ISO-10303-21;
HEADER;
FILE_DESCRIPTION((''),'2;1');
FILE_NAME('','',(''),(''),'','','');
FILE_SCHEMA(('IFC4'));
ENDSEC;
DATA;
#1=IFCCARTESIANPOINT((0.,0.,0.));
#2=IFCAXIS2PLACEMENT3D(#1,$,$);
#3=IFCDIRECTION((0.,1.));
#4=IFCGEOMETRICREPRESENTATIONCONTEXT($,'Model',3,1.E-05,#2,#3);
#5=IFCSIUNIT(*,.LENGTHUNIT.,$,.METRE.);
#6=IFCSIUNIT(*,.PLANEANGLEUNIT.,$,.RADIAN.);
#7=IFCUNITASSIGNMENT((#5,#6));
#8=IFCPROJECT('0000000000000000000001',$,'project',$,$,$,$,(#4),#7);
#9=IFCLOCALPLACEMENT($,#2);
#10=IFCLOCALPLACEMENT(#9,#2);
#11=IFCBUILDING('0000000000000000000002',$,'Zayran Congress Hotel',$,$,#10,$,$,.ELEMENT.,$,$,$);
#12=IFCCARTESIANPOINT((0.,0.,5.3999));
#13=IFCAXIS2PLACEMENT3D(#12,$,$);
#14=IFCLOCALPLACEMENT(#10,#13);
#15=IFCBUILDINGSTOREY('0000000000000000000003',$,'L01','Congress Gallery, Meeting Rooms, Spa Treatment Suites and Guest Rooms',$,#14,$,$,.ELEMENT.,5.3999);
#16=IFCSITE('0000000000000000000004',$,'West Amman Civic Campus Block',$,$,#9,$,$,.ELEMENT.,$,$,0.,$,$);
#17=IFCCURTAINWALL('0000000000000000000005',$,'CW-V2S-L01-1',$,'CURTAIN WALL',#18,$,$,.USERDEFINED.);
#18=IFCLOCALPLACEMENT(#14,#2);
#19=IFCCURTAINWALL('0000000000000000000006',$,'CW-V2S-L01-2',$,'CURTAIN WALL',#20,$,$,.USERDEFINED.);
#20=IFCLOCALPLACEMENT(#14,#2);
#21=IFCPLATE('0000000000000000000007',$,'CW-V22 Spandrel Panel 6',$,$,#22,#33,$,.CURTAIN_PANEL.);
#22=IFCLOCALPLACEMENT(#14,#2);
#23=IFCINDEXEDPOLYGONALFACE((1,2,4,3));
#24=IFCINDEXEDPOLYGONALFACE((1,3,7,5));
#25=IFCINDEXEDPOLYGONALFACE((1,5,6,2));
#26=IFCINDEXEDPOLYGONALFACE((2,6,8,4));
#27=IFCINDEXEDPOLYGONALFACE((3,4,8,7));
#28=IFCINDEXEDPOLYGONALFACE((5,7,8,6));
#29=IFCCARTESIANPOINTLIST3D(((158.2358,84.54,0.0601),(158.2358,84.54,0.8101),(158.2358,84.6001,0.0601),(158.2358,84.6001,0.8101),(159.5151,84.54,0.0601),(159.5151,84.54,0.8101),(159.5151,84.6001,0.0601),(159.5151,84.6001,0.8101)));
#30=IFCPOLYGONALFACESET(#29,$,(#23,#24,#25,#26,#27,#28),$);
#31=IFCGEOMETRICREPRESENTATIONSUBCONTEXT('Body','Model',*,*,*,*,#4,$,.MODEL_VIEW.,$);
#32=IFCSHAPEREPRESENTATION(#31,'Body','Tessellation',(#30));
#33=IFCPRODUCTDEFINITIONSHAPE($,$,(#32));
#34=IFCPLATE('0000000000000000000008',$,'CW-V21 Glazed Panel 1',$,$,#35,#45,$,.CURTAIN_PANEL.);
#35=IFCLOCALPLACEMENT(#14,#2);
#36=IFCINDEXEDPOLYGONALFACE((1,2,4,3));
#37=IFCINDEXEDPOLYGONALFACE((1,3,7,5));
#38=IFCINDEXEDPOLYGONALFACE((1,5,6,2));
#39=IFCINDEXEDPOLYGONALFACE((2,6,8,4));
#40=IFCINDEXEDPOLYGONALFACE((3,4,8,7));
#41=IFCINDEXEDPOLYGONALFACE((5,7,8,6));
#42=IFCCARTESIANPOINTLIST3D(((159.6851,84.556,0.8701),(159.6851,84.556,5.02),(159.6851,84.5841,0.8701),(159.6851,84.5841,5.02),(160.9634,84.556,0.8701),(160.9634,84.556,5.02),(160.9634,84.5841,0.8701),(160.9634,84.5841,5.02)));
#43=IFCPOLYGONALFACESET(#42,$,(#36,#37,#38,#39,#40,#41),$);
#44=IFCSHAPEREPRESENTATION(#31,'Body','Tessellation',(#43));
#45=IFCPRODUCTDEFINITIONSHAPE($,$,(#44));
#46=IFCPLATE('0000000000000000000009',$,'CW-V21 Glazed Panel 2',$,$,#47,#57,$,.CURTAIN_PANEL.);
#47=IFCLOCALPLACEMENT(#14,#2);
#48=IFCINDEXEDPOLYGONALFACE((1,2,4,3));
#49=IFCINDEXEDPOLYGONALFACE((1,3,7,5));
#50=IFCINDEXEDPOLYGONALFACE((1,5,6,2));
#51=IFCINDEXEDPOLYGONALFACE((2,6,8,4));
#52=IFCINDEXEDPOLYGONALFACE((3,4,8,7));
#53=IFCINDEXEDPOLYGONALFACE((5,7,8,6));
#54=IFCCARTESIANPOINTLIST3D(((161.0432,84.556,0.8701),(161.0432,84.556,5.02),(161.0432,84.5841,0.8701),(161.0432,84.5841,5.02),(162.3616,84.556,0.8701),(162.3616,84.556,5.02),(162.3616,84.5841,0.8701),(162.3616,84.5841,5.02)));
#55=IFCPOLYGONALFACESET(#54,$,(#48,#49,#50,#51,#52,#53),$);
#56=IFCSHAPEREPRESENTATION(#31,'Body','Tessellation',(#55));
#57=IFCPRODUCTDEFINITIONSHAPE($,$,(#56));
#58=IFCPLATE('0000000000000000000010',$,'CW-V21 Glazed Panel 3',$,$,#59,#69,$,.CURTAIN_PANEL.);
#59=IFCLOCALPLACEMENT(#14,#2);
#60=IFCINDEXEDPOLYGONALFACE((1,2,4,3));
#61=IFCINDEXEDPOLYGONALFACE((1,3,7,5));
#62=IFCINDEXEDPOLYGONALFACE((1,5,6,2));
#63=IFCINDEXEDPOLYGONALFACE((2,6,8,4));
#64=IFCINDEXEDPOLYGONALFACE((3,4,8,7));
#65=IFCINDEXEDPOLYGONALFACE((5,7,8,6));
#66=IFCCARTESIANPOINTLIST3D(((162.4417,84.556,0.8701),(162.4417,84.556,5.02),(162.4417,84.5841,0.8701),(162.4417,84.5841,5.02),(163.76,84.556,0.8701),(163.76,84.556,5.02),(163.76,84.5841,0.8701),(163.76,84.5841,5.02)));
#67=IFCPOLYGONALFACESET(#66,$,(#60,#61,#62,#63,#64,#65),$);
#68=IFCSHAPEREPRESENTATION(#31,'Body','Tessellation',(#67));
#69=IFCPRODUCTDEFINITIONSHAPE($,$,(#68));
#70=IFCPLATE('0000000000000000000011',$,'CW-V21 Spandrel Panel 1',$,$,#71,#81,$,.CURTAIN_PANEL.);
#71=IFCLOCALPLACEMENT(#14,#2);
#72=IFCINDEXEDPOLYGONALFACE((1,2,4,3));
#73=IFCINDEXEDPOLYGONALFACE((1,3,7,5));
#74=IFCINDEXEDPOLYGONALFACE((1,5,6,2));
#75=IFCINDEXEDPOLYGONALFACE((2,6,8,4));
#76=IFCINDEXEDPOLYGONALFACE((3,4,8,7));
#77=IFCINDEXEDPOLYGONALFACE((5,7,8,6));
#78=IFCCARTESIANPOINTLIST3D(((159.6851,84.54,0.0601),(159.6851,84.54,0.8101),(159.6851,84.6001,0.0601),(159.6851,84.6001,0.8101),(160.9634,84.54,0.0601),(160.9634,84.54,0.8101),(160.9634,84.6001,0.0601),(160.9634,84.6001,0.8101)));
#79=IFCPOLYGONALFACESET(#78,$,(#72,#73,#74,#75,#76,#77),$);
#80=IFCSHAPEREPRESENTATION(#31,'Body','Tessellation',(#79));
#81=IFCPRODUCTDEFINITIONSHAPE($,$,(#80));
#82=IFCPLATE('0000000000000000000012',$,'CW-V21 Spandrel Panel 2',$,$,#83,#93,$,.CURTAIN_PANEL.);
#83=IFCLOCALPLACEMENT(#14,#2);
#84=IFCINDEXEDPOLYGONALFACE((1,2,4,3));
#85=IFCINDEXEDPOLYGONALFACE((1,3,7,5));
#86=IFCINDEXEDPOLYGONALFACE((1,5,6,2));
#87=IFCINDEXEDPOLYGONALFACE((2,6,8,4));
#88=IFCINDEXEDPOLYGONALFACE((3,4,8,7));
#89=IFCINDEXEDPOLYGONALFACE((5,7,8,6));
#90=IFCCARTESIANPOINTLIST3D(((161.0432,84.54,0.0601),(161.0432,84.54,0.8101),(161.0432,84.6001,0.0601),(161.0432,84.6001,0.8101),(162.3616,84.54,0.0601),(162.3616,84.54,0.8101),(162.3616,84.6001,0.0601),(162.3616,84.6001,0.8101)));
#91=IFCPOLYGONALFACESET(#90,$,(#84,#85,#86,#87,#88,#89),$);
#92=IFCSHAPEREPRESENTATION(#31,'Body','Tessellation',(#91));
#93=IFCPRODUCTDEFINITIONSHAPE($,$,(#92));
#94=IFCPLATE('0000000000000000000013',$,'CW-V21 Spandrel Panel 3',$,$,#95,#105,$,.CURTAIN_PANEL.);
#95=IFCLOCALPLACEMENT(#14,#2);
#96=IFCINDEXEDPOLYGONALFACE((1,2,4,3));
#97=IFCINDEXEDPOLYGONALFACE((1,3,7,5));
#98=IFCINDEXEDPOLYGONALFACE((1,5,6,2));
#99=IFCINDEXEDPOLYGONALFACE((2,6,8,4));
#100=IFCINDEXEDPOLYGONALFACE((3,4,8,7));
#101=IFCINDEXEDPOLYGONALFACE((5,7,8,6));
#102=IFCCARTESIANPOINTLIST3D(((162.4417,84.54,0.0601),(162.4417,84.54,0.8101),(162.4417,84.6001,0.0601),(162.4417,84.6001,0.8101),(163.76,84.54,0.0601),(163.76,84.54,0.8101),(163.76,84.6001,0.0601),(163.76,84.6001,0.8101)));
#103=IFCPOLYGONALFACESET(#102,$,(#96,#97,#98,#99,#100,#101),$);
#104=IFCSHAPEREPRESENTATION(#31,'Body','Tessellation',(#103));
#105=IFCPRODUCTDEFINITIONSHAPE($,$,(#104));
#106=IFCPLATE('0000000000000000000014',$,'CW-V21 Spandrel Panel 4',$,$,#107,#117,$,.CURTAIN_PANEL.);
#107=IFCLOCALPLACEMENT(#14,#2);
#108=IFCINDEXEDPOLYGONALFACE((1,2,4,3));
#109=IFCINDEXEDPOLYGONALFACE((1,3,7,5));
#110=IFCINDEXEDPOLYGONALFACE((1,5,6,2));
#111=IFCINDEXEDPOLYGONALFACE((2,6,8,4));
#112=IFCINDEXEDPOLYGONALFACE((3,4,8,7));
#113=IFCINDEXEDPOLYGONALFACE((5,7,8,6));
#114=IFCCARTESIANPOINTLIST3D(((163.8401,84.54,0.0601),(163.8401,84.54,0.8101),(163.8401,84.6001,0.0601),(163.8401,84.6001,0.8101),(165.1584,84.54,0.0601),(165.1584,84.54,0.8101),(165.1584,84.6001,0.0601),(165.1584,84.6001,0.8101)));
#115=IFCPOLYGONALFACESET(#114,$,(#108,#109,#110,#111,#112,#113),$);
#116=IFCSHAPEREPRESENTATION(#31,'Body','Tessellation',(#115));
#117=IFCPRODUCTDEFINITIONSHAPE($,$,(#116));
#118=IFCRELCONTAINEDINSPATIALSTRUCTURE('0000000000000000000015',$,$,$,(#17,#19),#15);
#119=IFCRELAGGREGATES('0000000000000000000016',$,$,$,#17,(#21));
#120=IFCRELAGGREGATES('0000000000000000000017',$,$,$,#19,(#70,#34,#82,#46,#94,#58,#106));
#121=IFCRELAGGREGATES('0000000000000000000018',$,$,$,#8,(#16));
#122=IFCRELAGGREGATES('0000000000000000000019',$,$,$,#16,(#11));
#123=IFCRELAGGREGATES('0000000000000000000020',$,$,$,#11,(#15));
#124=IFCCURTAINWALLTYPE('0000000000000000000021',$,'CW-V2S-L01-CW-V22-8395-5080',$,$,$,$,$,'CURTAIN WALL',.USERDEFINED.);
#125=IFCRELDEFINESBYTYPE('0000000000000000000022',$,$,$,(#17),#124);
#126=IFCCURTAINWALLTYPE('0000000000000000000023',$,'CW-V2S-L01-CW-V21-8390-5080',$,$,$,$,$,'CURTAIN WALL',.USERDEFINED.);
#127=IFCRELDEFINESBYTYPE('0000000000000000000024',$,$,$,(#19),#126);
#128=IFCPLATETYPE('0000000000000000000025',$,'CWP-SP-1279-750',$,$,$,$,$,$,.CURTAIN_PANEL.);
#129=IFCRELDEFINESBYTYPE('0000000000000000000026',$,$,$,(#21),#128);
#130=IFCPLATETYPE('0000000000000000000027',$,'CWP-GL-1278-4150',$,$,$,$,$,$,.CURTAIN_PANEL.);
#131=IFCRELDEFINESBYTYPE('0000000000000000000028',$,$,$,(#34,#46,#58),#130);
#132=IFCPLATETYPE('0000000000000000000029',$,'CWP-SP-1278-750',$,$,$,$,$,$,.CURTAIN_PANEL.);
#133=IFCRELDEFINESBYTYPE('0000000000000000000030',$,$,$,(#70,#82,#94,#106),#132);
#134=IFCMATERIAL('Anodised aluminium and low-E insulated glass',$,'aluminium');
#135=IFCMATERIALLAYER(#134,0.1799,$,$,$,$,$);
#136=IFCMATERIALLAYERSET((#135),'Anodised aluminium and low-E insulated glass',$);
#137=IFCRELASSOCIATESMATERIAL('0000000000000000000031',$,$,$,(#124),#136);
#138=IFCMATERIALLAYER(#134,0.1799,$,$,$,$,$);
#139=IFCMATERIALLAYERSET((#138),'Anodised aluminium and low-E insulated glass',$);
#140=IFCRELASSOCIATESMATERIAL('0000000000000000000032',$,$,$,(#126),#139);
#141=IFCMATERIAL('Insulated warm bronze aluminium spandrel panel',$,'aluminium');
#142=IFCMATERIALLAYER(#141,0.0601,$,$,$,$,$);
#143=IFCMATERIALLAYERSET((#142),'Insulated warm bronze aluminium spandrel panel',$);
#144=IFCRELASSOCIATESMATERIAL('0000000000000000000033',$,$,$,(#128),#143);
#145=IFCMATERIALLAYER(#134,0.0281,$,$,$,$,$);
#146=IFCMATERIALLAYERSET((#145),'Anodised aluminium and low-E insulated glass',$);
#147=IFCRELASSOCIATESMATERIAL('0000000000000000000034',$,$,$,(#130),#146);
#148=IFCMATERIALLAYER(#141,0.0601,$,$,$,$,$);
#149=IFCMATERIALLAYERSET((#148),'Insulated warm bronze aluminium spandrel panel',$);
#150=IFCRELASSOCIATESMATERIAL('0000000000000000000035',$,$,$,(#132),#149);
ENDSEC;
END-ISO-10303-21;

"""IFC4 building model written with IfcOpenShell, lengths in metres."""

from ifc_helpers import new_model, si_unit, direction, frame, origin, origin_2d, place, context, subcontext, project, spatial, rectangle, extrude, material, layer, layer_set, type_object, element, aggregate, save


model = new_model("IFC4")

# Units and contexts
model_context = context("Model", 3, precision=1e-05, world=origin(), true_north=direction((0.0, 1.0)))
body_context = subcontext(model_context, "Body", "Model", "MODEL_VIEW")
ifc_project = project(units=[si_unit("LENGTHUNIT", "METRE"), si_unit("PLANEANGLEUNIT", "RADIAN")], contexts=[model_context])

# Site, building, storey
site_placement = place(None, origin())
site = spatial("IfcSite", under=ifc_project, at=site_placement, Name="West Amman Civic Campus Block", CompositionType="ELEMENT", RefElevation=0.0)
building_placement = place(site_placement, origin())
building = spatial("IfcBuilding", under=site, at=building_placement, Name="Zayran Congress Hotel", CompositionType="ELEMENT")
storey_placement = place(building_placement, frame((0.0, 0.0, 5.3999)))
storey = spatial("IfcBuildingStorey", under=building, at=storey_placement, Name="L01", Description="Congress Gallery, Meeting Rooms, Spa Treatment Suites and Guest Rooms", CompositionType="ELEMENT", Elevation=5.3999)

# Curtain walls
ifc_material_1 = material(Name="Anodised aluminium and low-E insulated glass", Category="aluminium")
ifc_layer_1 = layer(ifc_material_1, 0.1799)
ifc_layer_set_1 = layer_set([ifc_layer_1], Name="Anodised aluminium and low-E insulated glass")
curtain_wall_type_1 = type_object("IfcCurtainWallType", Name="CW-V2S-L01-CW-V22-8395-5080", ElementType="CURTAIN WALL", PredefinedType="USERDEFINED", material=ifc_layer_set_1)
curtain_wall_1_placement = place(storey_placement, origin())
curtain_wall_1 = element("IfcCurtainWall", 1, at=curtain_wall_1_placement, inside=storey, type_object=curtain_wall_type_1, Name="CW-V2S-L01-1", ObjectType="CURTAIN WALL", PredefinedType="USERDEFINED")
ifc_layer_2 = layer(ifc_material_1, 0.1799)
ifc_layer_set_2 = layer_set([ifc_layer_2], Name="Anodised aluminium and low-E insulated glass")
curtain_wall_type_2 = type_object("IfcCurtainWallType", Name="CW-V2S-L01-CW-V21-8390-5080", ElementType="CURTAIN WALL", PredefinedType="USERDEFINED", material=ifc_layer_set_2)
curtain_wall_2_placement = place(storey_placement, origin())
curtain_wall_2 = element("IfcCurtainWall", 2, at=curtain_wall_2_placement, inside=storey, type_object=curtain_wall_type_2, Name="CW-V2S-L01-2", ObjectType="CURTAIN WALL", PredefinedType="USERDEFINED")

# Plates
ifc_material_2 = material(Name="Insulated warm bronze aluminium spandrel panel", Category="aluminium")
ifc_layer_3 = layer(ifc_material_2, 0.0601)
ifc_layer_set_3 = layer_set([ifc_layer_3], Name="Insulated warm bronze aluminium spandrel panel")
plate_type_1 = type_object("IfcPlateType", Name="CWP-SP-1279-750", PredefinedType="CURTAIN_PANEL", material=ifc_layer_set_3)
plate_1_placement = place(storey_placement, frame((158.8755, 84.5701, 0.0601), z_axis=(0.0, 0.0, 1.0), x_axis=(1.0, 0.0, 0.0)))
plate_1 = element("IfcPlate", 3, at=plate_1_placement, type_object=plate_type_1, Name="CW-V22 Spandrel Panel 6", PredefinedType="CURTAIN_PANEL", context=body_context, shape_type="SweptSolid", body=[
    extrude(rectangle(XDim=1.2793, YDim=0.0601, at=origin_2d()), origin(), (0.0, 0.0, 1.0), 0.75),
])
aggregate(curtain_wall_1, [plate_1])
ifc_layer_4 = layer(ifc_material_1, 0.0281)
ifc_layer_set_4 = layer_set([ifc_layer_4], Name="Anodised aluminium and low-E insulated glass")
plate_type_2 = type_object("IfcPlateType", Name="CWP-GL-1278-4150", PredefinedType="CURTAIN_PANEL", material=ifc_layer_set_4)
plate_2_placement = place(storey_placement, frame((160.3242, 84.5701, 0.8701), z_axis=(0.0, 0.0, 1.0), x_axis=(1.0, 0.0, 0.0)))
plate_2 = element("IfcPlate", 4, at=plate_2_placement, type_object=plate_type_2, Name="CW-V21 Glazed Panel 1", PredefinedType="CURTAIN_PANEL", context=body_context, shape_type="SweptSolid", body=[
    extrude(rectangle(XDim=1.2783, YDim=0.0281, at=origin_2d()), origin(), (0.0, 0.0, 1.0), 4.1499),
])
plate_3_placement = place(storey_placement, frame((161.7024, 84.5701, 0.8701), z_axis=(0.0, 0.0, 1.0), x_axis=(1.0, 0.0, 0.0)))
plate_3 = element("IfcPlate", 5, at=plate_3_placement, type_object=plate_type_2, Name="CW-V21 Glazed Panel 2", PredefinedType="CURTAIN_PANEL", context=body_context, shape_type="SweptSolid", body=[
    extrude(rectangle(XDim=1.3184, YDim=0.0281, at=origin_2d()), origin(), (0.0, 0.0, 1.0), 4.1499),
])
plate_4_placement = place(storey_placement, frame((163.1008, 84.5701, 0.8701), z_axis=(0.0, 0.0, 1.0), x_axis=(1.0, 0.0, 0.0)))
plate_4 = element("IfcPlate", 6, at=plate_4_placement, type_object=plate_type_2, Name="CW-V21 Glazed Panel 3", PredefinedType="CURTAIN_PANEL", context=body_context, shape_type="SweptSolid", body=[
    extrude(rectangle(XDim=1.3184, YDim=0.0281, at=origin_2d()), origin(), (0.0, 0.0, 1.0), 4.1499),
])
ifc_layer_5 = layer(ifc_material_2, 0.0601)
ifc_layer_set_5 = layer_set([ifc_layer_5], Name="Insulated warm bronze aluminium spandrel panel")
plate_type_3 = type_object("IfcPlateType", Name="CWP-SP-1278-750", PredefinedType="CURTAIN_PANEL", material=ifc_layer_set_5)
plate_5_placement = place(storey_placement, frame((160.3242, 84.5701, 0.0601), z_axis=(0.0, 0.0, 1.0), x_axis=(1.0, 0.0, 0.0)))
plate_5 = element("IfcPlate", 7, at=plate_5_placement, type_object=plate_type_3, Name="CW-V21 Spandrel Panel 1", PredefinedType="CURTAIN_PANEL", context=body_context, shape_type="SweptSolid", body=[
    extrude(rectangle(XDim=1.2783, YDim=0.0601, at=origin_2d()), origin(), (0.0, 0.0, 1.0), 0.75),
])
plate_6_placement = place(storey_placement, frame((161.7024, 84.5701, 0.0601), z_axis=(0.0, 0.0, 1.0), x_axis=(1.0, 0.0, 0.0)))
plate_6 = element("IfcPlate", 8, at=plate_6_placement, type_object=plate_type_3, Name="CW-V21 Spandrel Panel 2", PredefinedType="CURTAIN_PANEL", context=body_context, shape_type="SweptSolid", body=[
    extrude(rectangle(XDim=1.3184, YDim=0.0601, at=origin_2d()), origin(), (0.0, 0.0, 1.0), 0.75),
])
plate_7_placement = place(storey_placement, frame((163.1008, 84.5701, 0.0601), z_axis=(0.0, 0.0, 1.0), x_axis=(1.0, 0.0, 0.0)))
plate_7 = element("IfcPlate", 9, at=plate_7_placement, type_object=plate_type_3, Name="CW-V21 Spandrel Panel 3", PredefinedType="CURTAIN_PANEL", context=body_context, shape_type="SweptSolid", body=[
    extrude(rectangle(XDim=1.3184, YDim=0.0601, at=origin_2d()), origin(), (0.0, 0.0, 1.0), 0.75),
])
plate_8_placement = place(storey_placement, frame((164.4993, 84.5701, 0.0601), z_axis=(0.0, 0.0, 1.0), x_axis=(1.0, 0.0, 0.0)))
plate_8 = element("IfcPlate", 10, at=plate_8_placement, type_object=plate_type_3, Name="CW-V21 Spandrel Panel 4", PredefinedType="CURTAIN_PANEL", context=body_context, shape_type="SweptSolid", body=[
    extrude(rectangle(XDim=1.3184, YDim=0.0601, at=origin_2d()), origin(), (0.0, 0.0, 1.0), 0.75),
])
aggregate(curtain_wall_2, [plate_5, plate_2, plate_6, plate_3, plate_7, plate_4, plate_8])

save(model, "model.ifc")
